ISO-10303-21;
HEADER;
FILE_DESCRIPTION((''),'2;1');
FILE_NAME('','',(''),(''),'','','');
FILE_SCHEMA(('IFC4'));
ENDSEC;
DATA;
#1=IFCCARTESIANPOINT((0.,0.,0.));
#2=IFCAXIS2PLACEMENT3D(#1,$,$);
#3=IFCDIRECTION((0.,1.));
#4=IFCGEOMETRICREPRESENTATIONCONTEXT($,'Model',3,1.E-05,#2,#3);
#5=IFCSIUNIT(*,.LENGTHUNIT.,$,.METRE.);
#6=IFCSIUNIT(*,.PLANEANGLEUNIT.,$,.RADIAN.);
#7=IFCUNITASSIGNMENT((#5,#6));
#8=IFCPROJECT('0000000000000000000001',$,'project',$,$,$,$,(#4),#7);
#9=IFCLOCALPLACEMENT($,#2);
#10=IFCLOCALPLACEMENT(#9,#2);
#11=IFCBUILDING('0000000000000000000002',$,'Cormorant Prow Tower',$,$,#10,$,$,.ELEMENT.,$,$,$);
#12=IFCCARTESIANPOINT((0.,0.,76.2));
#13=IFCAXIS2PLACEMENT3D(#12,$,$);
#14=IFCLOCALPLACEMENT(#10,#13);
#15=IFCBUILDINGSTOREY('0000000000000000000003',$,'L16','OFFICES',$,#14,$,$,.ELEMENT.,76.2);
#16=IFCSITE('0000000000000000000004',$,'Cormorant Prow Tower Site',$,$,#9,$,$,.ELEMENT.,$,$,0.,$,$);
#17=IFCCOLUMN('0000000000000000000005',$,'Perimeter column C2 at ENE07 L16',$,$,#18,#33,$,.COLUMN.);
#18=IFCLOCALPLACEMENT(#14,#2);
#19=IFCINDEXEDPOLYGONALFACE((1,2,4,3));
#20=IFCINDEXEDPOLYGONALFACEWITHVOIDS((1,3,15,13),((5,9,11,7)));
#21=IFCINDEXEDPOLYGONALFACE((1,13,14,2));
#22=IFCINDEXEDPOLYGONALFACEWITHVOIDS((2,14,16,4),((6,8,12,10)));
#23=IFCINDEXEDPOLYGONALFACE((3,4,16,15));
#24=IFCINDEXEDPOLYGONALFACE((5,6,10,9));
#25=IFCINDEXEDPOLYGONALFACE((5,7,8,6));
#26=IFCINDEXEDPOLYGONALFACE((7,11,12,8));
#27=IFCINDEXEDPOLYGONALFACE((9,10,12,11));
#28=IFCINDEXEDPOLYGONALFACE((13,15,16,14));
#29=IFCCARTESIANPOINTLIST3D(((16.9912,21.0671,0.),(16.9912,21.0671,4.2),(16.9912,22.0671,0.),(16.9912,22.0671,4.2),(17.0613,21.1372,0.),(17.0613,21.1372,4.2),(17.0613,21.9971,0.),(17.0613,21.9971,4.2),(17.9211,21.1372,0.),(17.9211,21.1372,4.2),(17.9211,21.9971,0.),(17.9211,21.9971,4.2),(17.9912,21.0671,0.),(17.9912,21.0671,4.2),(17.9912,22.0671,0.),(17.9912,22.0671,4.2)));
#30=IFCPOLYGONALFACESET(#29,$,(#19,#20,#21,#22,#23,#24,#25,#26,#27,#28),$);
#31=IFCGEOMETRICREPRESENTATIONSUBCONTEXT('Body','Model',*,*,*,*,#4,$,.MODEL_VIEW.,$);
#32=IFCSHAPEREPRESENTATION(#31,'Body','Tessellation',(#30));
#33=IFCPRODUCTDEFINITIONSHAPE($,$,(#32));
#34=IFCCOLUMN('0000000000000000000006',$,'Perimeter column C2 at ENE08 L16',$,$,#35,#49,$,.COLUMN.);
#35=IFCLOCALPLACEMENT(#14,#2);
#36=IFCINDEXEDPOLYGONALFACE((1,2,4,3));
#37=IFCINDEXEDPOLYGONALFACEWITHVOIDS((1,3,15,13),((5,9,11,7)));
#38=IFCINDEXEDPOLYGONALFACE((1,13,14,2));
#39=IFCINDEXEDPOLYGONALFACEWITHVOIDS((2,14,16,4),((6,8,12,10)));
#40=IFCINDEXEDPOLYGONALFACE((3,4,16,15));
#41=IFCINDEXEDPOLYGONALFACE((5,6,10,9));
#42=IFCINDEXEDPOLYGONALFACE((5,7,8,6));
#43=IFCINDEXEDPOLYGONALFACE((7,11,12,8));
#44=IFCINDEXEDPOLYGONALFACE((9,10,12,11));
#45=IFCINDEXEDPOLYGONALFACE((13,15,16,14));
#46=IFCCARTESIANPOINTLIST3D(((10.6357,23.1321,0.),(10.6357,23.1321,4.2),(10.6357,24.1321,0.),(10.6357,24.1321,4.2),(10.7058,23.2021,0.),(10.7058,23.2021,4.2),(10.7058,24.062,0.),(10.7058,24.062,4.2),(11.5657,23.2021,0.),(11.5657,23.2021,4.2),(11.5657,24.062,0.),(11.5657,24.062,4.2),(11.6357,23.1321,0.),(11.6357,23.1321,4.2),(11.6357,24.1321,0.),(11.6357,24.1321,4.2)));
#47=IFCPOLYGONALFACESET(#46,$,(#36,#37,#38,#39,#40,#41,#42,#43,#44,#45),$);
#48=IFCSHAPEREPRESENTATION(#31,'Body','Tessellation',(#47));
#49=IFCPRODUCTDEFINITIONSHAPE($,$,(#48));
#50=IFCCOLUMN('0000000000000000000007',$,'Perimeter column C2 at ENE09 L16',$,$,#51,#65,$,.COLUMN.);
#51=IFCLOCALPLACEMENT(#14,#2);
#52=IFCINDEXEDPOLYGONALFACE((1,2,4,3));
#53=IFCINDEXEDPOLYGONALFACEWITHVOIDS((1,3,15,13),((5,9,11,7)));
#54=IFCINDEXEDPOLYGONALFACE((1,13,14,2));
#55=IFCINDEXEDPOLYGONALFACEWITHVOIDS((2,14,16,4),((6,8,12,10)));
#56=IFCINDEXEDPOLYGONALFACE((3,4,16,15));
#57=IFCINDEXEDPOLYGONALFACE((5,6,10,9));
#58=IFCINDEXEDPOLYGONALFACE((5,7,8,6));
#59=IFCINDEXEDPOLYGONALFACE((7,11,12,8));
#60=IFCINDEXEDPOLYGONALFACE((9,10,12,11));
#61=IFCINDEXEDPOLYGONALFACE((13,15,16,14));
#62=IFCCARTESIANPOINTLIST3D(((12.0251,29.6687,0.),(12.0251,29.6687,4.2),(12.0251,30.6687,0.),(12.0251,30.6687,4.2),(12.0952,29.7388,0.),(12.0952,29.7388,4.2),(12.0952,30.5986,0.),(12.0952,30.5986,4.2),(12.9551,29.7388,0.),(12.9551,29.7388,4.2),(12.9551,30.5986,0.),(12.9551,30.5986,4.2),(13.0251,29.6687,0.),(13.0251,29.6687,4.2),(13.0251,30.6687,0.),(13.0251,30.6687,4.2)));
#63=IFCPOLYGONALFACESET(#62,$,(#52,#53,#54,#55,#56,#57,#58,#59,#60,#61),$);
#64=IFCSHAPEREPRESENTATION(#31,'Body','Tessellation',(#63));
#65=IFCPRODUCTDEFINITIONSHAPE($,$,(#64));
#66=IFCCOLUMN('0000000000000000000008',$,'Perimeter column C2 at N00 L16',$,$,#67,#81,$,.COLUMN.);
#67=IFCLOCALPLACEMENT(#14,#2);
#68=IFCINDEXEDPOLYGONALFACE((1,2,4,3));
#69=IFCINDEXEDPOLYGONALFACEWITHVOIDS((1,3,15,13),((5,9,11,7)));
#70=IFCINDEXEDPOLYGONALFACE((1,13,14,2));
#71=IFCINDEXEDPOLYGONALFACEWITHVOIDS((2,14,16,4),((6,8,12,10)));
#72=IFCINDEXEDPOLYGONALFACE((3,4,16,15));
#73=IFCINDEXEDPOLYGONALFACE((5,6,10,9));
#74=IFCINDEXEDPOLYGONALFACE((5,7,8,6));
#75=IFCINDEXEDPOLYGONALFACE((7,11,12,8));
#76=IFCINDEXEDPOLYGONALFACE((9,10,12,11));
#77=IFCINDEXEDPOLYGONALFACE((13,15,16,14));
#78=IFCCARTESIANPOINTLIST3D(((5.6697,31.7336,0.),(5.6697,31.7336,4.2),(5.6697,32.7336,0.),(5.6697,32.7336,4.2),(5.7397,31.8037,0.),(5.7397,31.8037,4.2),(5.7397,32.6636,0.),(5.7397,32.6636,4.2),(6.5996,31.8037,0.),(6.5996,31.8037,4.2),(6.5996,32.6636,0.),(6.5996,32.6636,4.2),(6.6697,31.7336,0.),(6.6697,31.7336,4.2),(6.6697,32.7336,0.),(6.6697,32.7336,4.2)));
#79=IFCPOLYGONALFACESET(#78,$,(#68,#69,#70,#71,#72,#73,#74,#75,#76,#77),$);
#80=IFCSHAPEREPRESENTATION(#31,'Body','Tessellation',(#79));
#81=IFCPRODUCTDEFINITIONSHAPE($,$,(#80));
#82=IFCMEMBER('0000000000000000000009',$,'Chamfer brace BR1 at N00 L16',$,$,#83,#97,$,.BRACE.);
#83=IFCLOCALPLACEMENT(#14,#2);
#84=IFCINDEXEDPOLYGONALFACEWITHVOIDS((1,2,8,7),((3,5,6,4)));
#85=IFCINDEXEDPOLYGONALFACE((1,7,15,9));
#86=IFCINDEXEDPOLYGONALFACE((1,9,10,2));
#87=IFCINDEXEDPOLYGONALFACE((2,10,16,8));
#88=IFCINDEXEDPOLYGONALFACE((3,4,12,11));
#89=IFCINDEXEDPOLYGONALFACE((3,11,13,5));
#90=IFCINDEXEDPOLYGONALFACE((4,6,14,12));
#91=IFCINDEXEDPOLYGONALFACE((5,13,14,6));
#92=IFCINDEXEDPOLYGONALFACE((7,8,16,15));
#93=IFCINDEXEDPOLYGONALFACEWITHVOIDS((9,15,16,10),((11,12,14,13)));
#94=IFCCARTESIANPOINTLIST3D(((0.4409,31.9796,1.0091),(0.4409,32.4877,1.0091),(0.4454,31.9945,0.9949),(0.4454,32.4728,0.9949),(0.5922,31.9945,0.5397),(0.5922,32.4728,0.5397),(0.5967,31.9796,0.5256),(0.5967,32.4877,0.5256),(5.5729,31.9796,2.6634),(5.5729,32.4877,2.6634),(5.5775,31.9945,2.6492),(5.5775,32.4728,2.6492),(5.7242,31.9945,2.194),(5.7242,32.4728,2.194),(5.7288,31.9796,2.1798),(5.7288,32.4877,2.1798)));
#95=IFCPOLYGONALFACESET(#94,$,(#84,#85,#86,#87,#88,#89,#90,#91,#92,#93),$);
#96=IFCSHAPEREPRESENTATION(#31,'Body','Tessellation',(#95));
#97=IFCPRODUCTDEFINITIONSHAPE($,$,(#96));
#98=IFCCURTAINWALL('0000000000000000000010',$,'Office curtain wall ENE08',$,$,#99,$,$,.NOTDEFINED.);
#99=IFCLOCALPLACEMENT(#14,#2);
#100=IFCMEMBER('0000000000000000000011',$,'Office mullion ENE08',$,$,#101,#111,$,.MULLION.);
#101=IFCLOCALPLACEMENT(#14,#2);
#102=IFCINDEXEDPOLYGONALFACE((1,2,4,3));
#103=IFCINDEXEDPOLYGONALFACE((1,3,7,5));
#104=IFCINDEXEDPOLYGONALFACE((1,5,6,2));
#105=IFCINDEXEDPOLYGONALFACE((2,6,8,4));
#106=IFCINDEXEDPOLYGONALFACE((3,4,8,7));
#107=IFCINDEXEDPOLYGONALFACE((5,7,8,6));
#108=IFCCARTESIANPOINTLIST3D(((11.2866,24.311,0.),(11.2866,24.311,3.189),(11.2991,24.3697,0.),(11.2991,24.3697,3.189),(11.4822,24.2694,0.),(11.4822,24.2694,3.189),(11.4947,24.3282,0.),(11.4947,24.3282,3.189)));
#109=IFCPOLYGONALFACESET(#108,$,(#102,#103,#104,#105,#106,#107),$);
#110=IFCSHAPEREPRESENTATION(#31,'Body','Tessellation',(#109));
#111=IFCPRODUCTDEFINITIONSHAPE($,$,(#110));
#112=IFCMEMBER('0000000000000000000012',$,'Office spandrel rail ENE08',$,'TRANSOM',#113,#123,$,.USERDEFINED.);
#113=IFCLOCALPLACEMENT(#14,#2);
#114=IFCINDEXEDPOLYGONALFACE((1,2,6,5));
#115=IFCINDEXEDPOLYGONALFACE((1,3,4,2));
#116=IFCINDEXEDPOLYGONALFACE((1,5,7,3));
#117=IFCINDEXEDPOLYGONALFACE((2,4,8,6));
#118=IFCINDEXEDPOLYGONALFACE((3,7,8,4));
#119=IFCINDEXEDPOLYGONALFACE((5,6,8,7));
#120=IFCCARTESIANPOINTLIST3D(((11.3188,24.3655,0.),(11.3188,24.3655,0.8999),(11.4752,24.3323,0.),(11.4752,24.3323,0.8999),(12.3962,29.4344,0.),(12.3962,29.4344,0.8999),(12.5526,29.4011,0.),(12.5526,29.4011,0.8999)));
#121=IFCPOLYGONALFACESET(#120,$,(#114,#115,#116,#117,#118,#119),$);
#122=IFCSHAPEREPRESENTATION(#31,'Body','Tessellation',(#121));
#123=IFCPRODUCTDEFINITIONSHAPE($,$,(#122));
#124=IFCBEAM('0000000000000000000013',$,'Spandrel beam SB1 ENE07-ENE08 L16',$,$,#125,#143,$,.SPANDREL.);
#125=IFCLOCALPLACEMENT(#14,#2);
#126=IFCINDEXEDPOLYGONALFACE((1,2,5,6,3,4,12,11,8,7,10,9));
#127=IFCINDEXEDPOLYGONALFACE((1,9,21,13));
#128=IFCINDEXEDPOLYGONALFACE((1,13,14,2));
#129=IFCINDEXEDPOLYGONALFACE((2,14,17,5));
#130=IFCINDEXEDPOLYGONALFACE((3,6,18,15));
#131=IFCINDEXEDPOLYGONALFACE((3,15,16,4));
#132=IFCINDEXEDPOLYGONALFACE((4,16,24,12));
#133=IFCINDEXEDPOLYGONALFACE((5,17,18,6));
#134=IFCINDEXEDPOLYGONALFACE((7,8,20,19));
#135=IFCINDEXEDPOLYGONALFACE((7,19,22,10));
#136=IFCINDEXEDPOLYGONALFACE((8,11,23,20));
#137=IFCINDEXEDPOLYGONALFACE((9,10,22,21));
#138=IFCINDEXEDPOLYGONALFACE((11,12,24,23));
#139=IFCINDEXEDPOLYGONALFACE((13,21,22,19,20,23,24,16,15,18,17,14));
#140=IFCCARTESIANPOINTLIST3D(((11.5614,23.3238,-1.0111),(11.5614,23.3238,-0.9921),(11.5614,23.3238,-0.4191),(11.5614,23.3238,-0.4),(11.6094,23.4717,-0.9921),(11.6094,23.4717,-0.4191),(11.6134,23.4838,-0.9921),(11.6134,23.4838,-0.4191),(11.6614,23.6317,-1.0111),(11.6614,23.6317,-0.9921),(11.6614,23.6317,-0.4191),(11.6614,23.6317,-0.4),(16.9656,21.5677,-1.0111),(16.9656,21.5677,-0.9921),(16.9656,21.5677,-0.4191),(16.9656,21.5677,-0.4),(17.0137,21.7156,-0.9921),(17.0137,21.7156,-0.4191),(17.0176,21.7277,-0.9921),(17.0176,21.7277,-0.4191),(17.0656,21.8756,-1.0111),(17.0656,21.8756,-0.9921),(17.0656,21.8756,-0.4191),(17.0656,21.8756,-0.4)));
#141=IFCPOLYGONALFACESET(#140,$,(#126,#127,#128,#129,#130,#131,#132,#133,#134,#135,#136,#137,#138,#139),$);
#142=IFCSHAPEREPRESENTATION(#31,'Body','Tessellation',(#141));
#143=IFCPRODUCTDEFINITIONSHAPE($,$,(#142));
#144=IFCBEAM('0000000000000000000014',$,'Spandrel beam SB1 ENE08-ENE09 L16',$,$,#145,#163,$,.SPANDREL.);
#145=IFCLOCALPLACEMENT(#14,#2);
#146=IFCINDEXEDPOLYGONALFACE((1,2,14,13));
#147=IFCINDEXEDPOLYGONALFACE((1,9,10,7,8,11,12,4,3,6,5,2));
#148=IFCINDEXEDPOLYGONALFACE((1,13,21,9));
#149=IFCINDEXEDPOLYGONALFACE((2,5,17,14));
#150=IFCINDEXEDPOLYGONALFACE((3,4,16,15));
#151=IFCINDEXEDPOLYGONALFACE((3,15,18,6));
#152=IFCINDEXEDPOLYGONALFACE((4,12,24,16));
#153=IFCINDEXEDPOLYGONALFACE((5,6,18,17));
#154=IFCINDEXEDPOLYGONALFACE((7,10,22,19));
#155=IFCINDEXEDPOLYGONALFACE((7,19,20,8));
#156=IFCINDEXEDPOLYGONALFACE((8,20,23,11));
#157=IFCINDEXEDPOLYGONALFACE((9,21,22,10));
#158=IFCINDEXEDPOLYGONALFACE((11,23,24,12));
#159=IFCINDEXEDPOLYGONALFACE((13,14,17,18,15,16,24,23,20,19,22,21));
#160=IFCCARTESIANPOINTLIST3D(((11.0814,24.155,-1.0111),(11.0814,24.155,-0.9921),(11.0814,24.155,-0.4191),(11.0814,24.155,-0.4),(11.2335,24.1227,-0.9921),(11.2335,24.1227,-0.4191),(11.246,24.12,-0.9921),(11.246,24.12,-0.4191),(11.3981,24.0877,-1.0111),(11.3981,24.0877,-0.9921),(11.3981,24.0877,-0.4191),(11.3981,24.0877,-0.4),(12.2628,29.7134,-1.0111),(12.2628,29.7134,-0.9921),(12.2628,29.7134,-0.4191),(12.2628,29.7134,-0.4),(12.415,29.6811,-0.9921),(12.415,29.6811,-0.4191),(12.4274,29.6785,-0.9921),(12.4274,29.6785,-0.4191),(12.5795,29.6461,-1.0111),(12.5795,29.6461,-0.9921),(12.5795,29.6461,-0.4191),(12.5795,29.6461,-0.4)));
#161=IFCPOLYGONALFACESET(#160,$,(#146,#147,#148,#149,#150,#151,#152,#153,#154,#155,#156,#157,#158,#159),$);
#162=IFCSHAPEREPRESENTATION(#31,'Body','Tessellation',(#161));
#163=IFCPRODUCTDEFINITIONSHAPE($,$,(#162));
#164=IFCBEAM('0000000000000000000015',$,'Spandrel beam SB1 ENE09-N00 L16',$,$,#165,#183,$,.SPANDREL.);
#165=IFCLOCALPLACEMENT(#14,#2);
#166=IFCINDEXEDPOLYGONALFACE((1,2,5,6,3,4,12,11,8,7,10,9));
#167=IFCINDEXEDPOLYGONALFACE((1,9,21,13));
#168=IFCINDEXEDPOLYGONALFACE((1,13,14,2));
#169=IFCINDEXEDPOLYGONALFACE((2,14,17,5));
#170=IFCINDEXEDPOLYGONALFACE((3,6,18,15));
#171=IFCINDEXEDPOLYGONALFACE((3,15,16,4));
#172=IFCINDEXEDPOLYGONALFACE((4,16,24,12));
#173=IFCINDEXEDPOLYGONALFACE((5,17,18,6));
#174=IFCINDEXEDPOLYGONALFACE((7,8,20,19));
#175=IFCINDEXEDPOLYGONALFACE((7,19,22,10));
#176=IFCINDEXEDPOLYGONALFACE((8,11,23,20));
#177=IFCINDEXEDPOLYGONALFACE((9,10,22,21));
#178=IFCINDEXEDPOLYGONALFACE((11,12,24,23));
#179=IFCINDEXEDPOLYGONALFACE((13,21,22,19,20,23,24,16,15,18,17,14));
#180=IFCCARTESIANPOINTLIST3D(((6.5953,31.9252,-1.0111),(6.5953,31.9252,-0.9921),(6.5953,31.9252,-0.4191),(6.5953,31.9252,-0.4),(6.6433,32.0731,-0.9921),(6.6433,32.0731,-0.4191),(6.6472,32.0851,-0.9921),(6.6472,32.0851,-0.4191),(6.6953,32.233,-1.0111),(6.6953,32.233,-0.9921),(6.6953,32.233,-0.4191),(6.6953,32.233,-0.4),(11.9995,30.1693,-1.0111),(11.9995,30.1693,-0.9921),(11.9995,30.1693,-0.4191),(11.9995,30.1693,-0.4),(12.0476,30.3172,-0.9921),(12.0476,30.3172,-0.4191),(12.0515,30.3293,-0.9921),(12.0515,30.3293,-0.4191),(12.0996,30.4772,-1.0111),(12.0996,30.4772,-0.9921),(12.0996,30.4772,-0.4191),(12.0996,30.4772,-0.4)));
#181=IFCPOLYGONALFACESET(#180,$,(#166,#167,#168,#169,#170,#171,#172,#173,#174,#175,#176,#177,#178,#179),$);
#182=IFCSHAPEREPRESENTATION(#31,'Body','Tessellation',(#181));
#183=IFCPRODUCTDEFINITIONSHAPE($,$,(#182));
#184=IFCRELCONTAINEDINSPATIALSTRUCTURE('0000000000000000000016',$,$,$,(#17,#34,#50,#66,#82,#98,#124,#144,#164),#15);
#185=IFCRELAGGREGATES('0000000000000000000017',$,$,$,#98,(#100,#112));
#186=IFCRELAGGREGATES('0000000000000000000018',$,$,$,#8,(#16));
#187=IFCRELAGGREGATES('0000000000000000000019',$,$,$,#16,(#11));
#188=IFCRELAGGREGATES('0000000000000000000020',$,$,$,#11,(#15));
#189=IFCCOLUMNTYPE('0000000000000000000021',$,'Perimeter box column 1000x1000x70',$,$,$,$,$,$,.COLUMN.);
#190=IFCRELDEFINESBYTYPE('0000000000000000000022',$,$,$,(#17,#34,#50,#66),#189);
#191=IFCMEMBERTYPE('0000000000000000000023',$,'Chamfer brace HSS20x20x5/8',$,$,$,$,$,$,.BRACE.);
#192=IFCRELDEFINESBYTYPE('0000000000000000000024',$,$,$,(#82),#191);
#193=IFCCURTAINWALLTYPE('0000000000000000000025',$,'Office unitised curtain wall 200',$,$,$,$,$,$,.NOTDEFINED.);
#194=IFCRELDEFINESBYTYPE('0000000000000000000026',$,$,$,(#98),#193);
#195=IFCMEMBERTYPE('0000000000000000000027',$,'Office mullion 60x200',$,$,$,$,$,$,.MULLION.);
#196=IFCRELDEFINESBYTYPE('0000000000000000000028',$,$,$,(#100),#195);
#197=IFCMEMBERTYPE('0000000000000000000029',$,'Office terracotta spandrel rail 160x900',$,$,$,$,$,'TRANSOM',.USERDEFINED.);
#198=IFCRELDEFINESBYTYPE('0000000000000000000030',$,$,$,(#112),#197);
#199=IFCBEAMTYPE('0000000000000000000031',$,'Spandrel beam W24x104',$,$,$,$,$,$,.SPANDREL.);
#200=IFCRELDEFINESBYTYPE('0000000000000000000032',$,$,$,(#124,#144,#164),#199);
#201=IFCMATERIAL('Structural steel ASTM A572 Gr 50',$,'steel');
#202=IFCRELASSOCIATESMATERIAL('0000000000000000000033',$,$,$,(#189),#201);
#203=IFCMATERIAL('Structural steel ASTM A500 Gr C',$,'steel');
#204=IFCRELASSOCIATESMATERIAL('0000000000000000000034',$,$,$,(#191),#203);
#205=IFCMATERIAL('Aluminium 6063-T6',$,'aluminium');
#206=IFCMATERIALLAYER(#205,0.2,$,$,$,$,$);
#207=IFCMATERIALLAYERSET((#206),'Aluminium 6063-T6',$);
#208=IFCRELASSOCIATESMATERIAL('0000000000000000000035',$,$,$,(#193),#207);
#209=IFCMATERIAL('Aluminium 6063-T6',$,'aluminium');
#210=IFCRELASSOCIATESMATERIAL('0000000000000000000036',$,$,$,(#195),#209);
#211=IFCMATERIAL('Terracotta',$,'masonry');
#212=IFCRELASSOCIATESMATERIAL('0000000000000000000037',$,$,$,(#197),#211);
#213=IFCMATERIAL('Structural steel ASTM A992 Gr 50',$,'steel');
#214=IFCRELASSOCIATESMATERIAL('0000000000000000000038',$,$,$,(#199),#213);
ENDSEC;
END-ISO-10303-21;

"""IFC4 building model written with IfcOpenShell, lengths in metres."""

from ifc_helpers import new_model, si_unit, direction, frame, origin, origin_2d, place, context, subcontext, project, spatial, rectangle, hollow_rectangle, i_section, extrude, material, layer, layer_set, material_profile, profile_set, type_object, element, aggregate, save


model = new_model("IFC4")

# Units and contexts
model_context = context("Model", 3, precision=1e-05, world=origin(), true_north=direction((0.0, 1.0)))
body_context = subcontext(model_context, "Body", "Model", "MODEL_VIEW")
ifc_project = project(units=[si_unit("LENGTHUNIT", "METRE"), si_unit("PLANEANGLEUNIT", "RADIAN")], contexts=[model_context])

# Site, building, storey
site_placement = place(None, origin())
site = spatial("IfcSite", under=ifc_project, at=site_placement, Name="Cormorant Prow Tower Site", CompositionType="ELEMENT", RefElevation=0.0)
building_placement = place(site_placement, origin())
building = spatial("IfcBuilding", under=site, at=building_placement, Name="Cormorant Prow Tower", CompositionType="ELEMENT")
storey_placement = place(building_placement, frame((0.0, 0.0, 76.2)))
storey = spatial("IfcBuildingStorey", under=building, at=storey_placement, Name="L16", Description="OFFICES", CompositionType="ELEMENT", Elevation=76.2)

# Columns
ifc_material_1 = material(Name="Structural steel ASTM A572 Gr 50", Category="steel")
ifc_material_profile_1 = material_profile(ifc_material_1, hollow_rectangle(XDim=1.0, YDim=1.0, WallThickness=0.0701, at=origin_2d()), Name="Box 1000x1000x70")
ifc_profile_set_1 = profile_set([ifc_material_profile_1], Name="Structural steel ASTM A572 Gr 50")
column_type = type_object("IfcColumnType", Name="Perimeter box column 1000x1000x70", PredefinedType="COLUMN", material=ifc_profile_set_1)
for number, where, z_axis, x_axis, name in (
    (1, (17.4912, 21.5671, 0.0), (0.0, 0.0, 1.0), (1.0, 0.0, 0.0), "Perimeter column C2 at ENE07 L16"),
    (2, (11.1357, 23.6321, 0.0), (0.0, 0.0, 1.0), (1.0, 0.0, 0.0), "Perimeter column C2 at ENE08 L16"),
    (3, (12.5251, 30.1687, 0.0), (0.0, 0.0, 1.0), (1.0, 0.0, 0.0), "Perimeter column C2 at ENE09 L16"),
    (4, (6.1697, 32.2336, 0.0), (0.0, 0.0, 1.0), (1.0, 0.0, 0.0), "Perimeter column C2 at N00 L16"),
):
    element("IfcColumn", number, at=place(storey_placement, frame(where, z_axis=z_axis, x_axis=x_axis)), inside=storey, type_object=column_type, Name=name, PredefinedType="COLUMN", context=body_context, shape_type="SweptSolid", body=[
        extrude(hollow_rectangle(XDim=1.0, YDim=1.0, WallThickness=0.0701, at=origin_2d()), origin(), (0.0, 0.0, 1.0), 4.2),
    ])

# Member
ifc_material_2 = material(Name="Structural steel ASTM A500 Gr C", Category="steel")
ifc_material_profile_2 = material_profile(ifc_material_2, hollow_rectangle(XDim=0.5081, YDim=0.5081, WallThickness=0.0149, at=origin_2d()), Name="HSS20x20x5/8")
ifc_profile_set_2 = profile_set([ifc_material_profile_2], Name="Structural steel ASTM A500 Gr C")
member_type_1 = type_object("IfcMemberType", Name="Chamfer brace HSS20x20x5/8", PredefinedType="BRACE", material=ifc_profile_set_2)
member_1_placement = place(storey_placement, frame((0.5188, 32.2336, 0.7673), z_axis=(0.951774, 0.0, 0.306799), x_axis=(0.0, 1.0, 0.0)))
element("IfcMember", 5, at=member_1_placement, inside=storey, type_object=member_type_1, Name="Chamfer brace BR1 at N00 L16", PredefinedType="BRACE", context=body_context, shape_type="SweptSolid", body=[
    extrude(hollow_rectangle(XDim=0.5081, YDim=0.5081, WallThickness=0.0149, at=origin_2d()), origin(), (0.0, 0.0, 1.0), 5.3921),
])

# Curtain wall, members
ifc_material_3 = material(Name="Aluminium 6063-T6", Category="aluminium")
ifc_layer_1 = layer(ifc_material_3, 0.2)
ifc_layer_set_1 = layer_set([ifc_layer_1], Name="Aluminium 6063-T6")
curtain_wall_type = type_object("IfcCurtainWallType", Name="Office unitised curtain wall 200", PredefinedType="NOTDEFINED", material=ifc_layer_set_1)
curtain_wall_placement = place(storey_placement, origin())
curtain_wall = element("IfcCurtainWall", 6, at=curtain_wall_placement, inside=storey, type_object=curtain_wall_type, Name="Office curtain wall ENE08", PredefinedType="NOTDEFINED")
ifc_material_4 = material(Name="Aluminium 6063-T6", Category="aluminium")
ifc_material_profile_3 = material_profile(ifc_material_4, rectangle(XDim=0.2, YDim=0.0601, at=origin_2d()), Name="Office mullion 60x200")
ifc_profile_set_3 = profile_set([ifc_material_profile_3], Name="Aluminium 6063-T6")
member_type_2 = type_object("IfcMemberType", Name="Office mullion 60x200", PredefinedType="MULLION", material=ifc_profile_set_3)
member_2_placement = place(storey_placement, frame((11.3906, 24.3196, 0.0), z_axis=(0.0, 0.0, 1.0), x_axis=(-0.978148, 0.207912, 0.0)))
member_2 = element("IfcMember", 7, at=member_2_placement, type_object=member_type_2, Name="Office mullion ENE08", PredefinedType="MULLION", context=body_context, shape_type="SweptSolid", body=[
    extrude(rectangle(XDim=0.2, YDim=0.0601, at=origin_2d()), origin(), (0.0, 0.0, 1.0), 3.189),
])
ifc_material_5 = material(Name="Terracotta", Category="masonry")
ifc_material_profile_4 = material_profile(ifc_material_5, rectangle(XDim=0.1599, YDim=0.8999, at=origin_2d()), Name="Office terracotta spandrel rail 160x900")
ifc_profile_set_4 = profile_set([ifc_material_profile_4], Name="Terracotta")
member_type_3 = type_object("IfcMemberType", Name="Office terracotta spandrel rail 160x900", ElementType="TRANSOM", PredefinedType="USERDEFINED", material=ifc_profile_set_4)
member_3_placement = place(storey_placement, frame((11.397, 24.3489, 0.45), z_axis=(0.207907, 0.978149, 0.0), x_axis=(-0.978149, 0.207907, 0.0)))
member_3 = element("IfcMember", 8, at=member_3_placement, type_object=member_type_3, Name="Office spandrel rail ENE08", ObjectType="TRANSOM", PredefinedType="USERDEFINED", context=body_context, shape_type="SweptSolid", body=[
    extrude(rectangle(XDim=0.1599, YDim=0.8999, at=origin_2d()), origin(), (0.0, 0.0, 1.0), 5.1821),
])

# Beams
ifc_material_6 = material(Name="Structural steel ASTM A992 Gr 50", Category="steel")
ifc_material_profile_5 = material_profile(ifc_material_6, i_section(OverallWidth=0.3237, OverallDepth=0.6111, WebThickness=0.0127, FlangeThickness=0.019, at=origin_2d()), Name="W24x104")
ifc_profile_set_5 = profile_set([ifc_material_profile_5], Name="Structural steel ASTM A992 Gr 50")
beam_type = type_object("IfcBeamType", Name="Spandrel beam W24x104", PredefinedType="SPANDREL", material=ifc_profile_set_5)
beam_1_placement = place(storey_placement, frame((17.0156, 21.7217, -0.7056), z_axis=(-0.951049, 0.309039, 0.0), x_axis=(-0.309039, -0.951049, 0.0)))
element("IfcBeam", 9, at=beam_1_placement, inside=storey, type_object=beam_type, Name="Spandrel beam SB1 ENE07-ENE08 L16", PredefinedType="SPANDREL", context=body_context, shape_type="SweptSolid", body=[
    extrude(i_section(OverallWidth=0.3237, OverallDepth=0.6111, WebThickness=0.0127, FlangeThickness=0.019, at=origin_2d()), origin(), (0.0, 0.0, 1.0), 5.6824),
])
beam_2_placement = place(storey_placement, frame((11.2397, 24.1213, -0.7056), z_axis=(0.2079, 0.97815, 0.0), x_axis=(-0.97815, 0.2079, 0.0)))
element("IfcBeam", 10, at=beam_2_placement, inside=storey, type_object=beam_type, Name="Spandrel beam SB1 ENE08-ENE09 L16", PredefinedType="SPANDREL", context=body_context, shape_type="SweptSolid", body=[
    extrude(i_section(OverallWidth=0.3237, OverallDepth=0.6111, WebThickness=0.0127, FlangeThickness=0.019, at=origin_2d()), origin(), (0.0, 0.0, 1.0), 5.6826),
])
beam_3_placement = place(storey_placement, frame((12.0496, 30.3232, -0.7056), z_axis=(-0.951062, 0.309001, 0.0), x_axis=(-0.309001, -0.951062, 0.0)))
element("IfcBeam", 11, at=beam_3_placement, inside=storey, type_object=beam_type, Name="Spandrel beam SB1 ENE09-N00 L16", PredefinedType="SPANDREL", context=body_context, shape_type="SweptSolid", body=[
    extrude(i_section(OverallWidth=0.3237, OverallDepth=0.6111, WebThickness=0.0127, FlangeThickness=0.019, at=origin_2d()), origin(), (0.0, 0.0, 1.0), 5.6824),
])

aggregate(curtain_wall, [member_2, member_3])

save(model, "model.ifc")
